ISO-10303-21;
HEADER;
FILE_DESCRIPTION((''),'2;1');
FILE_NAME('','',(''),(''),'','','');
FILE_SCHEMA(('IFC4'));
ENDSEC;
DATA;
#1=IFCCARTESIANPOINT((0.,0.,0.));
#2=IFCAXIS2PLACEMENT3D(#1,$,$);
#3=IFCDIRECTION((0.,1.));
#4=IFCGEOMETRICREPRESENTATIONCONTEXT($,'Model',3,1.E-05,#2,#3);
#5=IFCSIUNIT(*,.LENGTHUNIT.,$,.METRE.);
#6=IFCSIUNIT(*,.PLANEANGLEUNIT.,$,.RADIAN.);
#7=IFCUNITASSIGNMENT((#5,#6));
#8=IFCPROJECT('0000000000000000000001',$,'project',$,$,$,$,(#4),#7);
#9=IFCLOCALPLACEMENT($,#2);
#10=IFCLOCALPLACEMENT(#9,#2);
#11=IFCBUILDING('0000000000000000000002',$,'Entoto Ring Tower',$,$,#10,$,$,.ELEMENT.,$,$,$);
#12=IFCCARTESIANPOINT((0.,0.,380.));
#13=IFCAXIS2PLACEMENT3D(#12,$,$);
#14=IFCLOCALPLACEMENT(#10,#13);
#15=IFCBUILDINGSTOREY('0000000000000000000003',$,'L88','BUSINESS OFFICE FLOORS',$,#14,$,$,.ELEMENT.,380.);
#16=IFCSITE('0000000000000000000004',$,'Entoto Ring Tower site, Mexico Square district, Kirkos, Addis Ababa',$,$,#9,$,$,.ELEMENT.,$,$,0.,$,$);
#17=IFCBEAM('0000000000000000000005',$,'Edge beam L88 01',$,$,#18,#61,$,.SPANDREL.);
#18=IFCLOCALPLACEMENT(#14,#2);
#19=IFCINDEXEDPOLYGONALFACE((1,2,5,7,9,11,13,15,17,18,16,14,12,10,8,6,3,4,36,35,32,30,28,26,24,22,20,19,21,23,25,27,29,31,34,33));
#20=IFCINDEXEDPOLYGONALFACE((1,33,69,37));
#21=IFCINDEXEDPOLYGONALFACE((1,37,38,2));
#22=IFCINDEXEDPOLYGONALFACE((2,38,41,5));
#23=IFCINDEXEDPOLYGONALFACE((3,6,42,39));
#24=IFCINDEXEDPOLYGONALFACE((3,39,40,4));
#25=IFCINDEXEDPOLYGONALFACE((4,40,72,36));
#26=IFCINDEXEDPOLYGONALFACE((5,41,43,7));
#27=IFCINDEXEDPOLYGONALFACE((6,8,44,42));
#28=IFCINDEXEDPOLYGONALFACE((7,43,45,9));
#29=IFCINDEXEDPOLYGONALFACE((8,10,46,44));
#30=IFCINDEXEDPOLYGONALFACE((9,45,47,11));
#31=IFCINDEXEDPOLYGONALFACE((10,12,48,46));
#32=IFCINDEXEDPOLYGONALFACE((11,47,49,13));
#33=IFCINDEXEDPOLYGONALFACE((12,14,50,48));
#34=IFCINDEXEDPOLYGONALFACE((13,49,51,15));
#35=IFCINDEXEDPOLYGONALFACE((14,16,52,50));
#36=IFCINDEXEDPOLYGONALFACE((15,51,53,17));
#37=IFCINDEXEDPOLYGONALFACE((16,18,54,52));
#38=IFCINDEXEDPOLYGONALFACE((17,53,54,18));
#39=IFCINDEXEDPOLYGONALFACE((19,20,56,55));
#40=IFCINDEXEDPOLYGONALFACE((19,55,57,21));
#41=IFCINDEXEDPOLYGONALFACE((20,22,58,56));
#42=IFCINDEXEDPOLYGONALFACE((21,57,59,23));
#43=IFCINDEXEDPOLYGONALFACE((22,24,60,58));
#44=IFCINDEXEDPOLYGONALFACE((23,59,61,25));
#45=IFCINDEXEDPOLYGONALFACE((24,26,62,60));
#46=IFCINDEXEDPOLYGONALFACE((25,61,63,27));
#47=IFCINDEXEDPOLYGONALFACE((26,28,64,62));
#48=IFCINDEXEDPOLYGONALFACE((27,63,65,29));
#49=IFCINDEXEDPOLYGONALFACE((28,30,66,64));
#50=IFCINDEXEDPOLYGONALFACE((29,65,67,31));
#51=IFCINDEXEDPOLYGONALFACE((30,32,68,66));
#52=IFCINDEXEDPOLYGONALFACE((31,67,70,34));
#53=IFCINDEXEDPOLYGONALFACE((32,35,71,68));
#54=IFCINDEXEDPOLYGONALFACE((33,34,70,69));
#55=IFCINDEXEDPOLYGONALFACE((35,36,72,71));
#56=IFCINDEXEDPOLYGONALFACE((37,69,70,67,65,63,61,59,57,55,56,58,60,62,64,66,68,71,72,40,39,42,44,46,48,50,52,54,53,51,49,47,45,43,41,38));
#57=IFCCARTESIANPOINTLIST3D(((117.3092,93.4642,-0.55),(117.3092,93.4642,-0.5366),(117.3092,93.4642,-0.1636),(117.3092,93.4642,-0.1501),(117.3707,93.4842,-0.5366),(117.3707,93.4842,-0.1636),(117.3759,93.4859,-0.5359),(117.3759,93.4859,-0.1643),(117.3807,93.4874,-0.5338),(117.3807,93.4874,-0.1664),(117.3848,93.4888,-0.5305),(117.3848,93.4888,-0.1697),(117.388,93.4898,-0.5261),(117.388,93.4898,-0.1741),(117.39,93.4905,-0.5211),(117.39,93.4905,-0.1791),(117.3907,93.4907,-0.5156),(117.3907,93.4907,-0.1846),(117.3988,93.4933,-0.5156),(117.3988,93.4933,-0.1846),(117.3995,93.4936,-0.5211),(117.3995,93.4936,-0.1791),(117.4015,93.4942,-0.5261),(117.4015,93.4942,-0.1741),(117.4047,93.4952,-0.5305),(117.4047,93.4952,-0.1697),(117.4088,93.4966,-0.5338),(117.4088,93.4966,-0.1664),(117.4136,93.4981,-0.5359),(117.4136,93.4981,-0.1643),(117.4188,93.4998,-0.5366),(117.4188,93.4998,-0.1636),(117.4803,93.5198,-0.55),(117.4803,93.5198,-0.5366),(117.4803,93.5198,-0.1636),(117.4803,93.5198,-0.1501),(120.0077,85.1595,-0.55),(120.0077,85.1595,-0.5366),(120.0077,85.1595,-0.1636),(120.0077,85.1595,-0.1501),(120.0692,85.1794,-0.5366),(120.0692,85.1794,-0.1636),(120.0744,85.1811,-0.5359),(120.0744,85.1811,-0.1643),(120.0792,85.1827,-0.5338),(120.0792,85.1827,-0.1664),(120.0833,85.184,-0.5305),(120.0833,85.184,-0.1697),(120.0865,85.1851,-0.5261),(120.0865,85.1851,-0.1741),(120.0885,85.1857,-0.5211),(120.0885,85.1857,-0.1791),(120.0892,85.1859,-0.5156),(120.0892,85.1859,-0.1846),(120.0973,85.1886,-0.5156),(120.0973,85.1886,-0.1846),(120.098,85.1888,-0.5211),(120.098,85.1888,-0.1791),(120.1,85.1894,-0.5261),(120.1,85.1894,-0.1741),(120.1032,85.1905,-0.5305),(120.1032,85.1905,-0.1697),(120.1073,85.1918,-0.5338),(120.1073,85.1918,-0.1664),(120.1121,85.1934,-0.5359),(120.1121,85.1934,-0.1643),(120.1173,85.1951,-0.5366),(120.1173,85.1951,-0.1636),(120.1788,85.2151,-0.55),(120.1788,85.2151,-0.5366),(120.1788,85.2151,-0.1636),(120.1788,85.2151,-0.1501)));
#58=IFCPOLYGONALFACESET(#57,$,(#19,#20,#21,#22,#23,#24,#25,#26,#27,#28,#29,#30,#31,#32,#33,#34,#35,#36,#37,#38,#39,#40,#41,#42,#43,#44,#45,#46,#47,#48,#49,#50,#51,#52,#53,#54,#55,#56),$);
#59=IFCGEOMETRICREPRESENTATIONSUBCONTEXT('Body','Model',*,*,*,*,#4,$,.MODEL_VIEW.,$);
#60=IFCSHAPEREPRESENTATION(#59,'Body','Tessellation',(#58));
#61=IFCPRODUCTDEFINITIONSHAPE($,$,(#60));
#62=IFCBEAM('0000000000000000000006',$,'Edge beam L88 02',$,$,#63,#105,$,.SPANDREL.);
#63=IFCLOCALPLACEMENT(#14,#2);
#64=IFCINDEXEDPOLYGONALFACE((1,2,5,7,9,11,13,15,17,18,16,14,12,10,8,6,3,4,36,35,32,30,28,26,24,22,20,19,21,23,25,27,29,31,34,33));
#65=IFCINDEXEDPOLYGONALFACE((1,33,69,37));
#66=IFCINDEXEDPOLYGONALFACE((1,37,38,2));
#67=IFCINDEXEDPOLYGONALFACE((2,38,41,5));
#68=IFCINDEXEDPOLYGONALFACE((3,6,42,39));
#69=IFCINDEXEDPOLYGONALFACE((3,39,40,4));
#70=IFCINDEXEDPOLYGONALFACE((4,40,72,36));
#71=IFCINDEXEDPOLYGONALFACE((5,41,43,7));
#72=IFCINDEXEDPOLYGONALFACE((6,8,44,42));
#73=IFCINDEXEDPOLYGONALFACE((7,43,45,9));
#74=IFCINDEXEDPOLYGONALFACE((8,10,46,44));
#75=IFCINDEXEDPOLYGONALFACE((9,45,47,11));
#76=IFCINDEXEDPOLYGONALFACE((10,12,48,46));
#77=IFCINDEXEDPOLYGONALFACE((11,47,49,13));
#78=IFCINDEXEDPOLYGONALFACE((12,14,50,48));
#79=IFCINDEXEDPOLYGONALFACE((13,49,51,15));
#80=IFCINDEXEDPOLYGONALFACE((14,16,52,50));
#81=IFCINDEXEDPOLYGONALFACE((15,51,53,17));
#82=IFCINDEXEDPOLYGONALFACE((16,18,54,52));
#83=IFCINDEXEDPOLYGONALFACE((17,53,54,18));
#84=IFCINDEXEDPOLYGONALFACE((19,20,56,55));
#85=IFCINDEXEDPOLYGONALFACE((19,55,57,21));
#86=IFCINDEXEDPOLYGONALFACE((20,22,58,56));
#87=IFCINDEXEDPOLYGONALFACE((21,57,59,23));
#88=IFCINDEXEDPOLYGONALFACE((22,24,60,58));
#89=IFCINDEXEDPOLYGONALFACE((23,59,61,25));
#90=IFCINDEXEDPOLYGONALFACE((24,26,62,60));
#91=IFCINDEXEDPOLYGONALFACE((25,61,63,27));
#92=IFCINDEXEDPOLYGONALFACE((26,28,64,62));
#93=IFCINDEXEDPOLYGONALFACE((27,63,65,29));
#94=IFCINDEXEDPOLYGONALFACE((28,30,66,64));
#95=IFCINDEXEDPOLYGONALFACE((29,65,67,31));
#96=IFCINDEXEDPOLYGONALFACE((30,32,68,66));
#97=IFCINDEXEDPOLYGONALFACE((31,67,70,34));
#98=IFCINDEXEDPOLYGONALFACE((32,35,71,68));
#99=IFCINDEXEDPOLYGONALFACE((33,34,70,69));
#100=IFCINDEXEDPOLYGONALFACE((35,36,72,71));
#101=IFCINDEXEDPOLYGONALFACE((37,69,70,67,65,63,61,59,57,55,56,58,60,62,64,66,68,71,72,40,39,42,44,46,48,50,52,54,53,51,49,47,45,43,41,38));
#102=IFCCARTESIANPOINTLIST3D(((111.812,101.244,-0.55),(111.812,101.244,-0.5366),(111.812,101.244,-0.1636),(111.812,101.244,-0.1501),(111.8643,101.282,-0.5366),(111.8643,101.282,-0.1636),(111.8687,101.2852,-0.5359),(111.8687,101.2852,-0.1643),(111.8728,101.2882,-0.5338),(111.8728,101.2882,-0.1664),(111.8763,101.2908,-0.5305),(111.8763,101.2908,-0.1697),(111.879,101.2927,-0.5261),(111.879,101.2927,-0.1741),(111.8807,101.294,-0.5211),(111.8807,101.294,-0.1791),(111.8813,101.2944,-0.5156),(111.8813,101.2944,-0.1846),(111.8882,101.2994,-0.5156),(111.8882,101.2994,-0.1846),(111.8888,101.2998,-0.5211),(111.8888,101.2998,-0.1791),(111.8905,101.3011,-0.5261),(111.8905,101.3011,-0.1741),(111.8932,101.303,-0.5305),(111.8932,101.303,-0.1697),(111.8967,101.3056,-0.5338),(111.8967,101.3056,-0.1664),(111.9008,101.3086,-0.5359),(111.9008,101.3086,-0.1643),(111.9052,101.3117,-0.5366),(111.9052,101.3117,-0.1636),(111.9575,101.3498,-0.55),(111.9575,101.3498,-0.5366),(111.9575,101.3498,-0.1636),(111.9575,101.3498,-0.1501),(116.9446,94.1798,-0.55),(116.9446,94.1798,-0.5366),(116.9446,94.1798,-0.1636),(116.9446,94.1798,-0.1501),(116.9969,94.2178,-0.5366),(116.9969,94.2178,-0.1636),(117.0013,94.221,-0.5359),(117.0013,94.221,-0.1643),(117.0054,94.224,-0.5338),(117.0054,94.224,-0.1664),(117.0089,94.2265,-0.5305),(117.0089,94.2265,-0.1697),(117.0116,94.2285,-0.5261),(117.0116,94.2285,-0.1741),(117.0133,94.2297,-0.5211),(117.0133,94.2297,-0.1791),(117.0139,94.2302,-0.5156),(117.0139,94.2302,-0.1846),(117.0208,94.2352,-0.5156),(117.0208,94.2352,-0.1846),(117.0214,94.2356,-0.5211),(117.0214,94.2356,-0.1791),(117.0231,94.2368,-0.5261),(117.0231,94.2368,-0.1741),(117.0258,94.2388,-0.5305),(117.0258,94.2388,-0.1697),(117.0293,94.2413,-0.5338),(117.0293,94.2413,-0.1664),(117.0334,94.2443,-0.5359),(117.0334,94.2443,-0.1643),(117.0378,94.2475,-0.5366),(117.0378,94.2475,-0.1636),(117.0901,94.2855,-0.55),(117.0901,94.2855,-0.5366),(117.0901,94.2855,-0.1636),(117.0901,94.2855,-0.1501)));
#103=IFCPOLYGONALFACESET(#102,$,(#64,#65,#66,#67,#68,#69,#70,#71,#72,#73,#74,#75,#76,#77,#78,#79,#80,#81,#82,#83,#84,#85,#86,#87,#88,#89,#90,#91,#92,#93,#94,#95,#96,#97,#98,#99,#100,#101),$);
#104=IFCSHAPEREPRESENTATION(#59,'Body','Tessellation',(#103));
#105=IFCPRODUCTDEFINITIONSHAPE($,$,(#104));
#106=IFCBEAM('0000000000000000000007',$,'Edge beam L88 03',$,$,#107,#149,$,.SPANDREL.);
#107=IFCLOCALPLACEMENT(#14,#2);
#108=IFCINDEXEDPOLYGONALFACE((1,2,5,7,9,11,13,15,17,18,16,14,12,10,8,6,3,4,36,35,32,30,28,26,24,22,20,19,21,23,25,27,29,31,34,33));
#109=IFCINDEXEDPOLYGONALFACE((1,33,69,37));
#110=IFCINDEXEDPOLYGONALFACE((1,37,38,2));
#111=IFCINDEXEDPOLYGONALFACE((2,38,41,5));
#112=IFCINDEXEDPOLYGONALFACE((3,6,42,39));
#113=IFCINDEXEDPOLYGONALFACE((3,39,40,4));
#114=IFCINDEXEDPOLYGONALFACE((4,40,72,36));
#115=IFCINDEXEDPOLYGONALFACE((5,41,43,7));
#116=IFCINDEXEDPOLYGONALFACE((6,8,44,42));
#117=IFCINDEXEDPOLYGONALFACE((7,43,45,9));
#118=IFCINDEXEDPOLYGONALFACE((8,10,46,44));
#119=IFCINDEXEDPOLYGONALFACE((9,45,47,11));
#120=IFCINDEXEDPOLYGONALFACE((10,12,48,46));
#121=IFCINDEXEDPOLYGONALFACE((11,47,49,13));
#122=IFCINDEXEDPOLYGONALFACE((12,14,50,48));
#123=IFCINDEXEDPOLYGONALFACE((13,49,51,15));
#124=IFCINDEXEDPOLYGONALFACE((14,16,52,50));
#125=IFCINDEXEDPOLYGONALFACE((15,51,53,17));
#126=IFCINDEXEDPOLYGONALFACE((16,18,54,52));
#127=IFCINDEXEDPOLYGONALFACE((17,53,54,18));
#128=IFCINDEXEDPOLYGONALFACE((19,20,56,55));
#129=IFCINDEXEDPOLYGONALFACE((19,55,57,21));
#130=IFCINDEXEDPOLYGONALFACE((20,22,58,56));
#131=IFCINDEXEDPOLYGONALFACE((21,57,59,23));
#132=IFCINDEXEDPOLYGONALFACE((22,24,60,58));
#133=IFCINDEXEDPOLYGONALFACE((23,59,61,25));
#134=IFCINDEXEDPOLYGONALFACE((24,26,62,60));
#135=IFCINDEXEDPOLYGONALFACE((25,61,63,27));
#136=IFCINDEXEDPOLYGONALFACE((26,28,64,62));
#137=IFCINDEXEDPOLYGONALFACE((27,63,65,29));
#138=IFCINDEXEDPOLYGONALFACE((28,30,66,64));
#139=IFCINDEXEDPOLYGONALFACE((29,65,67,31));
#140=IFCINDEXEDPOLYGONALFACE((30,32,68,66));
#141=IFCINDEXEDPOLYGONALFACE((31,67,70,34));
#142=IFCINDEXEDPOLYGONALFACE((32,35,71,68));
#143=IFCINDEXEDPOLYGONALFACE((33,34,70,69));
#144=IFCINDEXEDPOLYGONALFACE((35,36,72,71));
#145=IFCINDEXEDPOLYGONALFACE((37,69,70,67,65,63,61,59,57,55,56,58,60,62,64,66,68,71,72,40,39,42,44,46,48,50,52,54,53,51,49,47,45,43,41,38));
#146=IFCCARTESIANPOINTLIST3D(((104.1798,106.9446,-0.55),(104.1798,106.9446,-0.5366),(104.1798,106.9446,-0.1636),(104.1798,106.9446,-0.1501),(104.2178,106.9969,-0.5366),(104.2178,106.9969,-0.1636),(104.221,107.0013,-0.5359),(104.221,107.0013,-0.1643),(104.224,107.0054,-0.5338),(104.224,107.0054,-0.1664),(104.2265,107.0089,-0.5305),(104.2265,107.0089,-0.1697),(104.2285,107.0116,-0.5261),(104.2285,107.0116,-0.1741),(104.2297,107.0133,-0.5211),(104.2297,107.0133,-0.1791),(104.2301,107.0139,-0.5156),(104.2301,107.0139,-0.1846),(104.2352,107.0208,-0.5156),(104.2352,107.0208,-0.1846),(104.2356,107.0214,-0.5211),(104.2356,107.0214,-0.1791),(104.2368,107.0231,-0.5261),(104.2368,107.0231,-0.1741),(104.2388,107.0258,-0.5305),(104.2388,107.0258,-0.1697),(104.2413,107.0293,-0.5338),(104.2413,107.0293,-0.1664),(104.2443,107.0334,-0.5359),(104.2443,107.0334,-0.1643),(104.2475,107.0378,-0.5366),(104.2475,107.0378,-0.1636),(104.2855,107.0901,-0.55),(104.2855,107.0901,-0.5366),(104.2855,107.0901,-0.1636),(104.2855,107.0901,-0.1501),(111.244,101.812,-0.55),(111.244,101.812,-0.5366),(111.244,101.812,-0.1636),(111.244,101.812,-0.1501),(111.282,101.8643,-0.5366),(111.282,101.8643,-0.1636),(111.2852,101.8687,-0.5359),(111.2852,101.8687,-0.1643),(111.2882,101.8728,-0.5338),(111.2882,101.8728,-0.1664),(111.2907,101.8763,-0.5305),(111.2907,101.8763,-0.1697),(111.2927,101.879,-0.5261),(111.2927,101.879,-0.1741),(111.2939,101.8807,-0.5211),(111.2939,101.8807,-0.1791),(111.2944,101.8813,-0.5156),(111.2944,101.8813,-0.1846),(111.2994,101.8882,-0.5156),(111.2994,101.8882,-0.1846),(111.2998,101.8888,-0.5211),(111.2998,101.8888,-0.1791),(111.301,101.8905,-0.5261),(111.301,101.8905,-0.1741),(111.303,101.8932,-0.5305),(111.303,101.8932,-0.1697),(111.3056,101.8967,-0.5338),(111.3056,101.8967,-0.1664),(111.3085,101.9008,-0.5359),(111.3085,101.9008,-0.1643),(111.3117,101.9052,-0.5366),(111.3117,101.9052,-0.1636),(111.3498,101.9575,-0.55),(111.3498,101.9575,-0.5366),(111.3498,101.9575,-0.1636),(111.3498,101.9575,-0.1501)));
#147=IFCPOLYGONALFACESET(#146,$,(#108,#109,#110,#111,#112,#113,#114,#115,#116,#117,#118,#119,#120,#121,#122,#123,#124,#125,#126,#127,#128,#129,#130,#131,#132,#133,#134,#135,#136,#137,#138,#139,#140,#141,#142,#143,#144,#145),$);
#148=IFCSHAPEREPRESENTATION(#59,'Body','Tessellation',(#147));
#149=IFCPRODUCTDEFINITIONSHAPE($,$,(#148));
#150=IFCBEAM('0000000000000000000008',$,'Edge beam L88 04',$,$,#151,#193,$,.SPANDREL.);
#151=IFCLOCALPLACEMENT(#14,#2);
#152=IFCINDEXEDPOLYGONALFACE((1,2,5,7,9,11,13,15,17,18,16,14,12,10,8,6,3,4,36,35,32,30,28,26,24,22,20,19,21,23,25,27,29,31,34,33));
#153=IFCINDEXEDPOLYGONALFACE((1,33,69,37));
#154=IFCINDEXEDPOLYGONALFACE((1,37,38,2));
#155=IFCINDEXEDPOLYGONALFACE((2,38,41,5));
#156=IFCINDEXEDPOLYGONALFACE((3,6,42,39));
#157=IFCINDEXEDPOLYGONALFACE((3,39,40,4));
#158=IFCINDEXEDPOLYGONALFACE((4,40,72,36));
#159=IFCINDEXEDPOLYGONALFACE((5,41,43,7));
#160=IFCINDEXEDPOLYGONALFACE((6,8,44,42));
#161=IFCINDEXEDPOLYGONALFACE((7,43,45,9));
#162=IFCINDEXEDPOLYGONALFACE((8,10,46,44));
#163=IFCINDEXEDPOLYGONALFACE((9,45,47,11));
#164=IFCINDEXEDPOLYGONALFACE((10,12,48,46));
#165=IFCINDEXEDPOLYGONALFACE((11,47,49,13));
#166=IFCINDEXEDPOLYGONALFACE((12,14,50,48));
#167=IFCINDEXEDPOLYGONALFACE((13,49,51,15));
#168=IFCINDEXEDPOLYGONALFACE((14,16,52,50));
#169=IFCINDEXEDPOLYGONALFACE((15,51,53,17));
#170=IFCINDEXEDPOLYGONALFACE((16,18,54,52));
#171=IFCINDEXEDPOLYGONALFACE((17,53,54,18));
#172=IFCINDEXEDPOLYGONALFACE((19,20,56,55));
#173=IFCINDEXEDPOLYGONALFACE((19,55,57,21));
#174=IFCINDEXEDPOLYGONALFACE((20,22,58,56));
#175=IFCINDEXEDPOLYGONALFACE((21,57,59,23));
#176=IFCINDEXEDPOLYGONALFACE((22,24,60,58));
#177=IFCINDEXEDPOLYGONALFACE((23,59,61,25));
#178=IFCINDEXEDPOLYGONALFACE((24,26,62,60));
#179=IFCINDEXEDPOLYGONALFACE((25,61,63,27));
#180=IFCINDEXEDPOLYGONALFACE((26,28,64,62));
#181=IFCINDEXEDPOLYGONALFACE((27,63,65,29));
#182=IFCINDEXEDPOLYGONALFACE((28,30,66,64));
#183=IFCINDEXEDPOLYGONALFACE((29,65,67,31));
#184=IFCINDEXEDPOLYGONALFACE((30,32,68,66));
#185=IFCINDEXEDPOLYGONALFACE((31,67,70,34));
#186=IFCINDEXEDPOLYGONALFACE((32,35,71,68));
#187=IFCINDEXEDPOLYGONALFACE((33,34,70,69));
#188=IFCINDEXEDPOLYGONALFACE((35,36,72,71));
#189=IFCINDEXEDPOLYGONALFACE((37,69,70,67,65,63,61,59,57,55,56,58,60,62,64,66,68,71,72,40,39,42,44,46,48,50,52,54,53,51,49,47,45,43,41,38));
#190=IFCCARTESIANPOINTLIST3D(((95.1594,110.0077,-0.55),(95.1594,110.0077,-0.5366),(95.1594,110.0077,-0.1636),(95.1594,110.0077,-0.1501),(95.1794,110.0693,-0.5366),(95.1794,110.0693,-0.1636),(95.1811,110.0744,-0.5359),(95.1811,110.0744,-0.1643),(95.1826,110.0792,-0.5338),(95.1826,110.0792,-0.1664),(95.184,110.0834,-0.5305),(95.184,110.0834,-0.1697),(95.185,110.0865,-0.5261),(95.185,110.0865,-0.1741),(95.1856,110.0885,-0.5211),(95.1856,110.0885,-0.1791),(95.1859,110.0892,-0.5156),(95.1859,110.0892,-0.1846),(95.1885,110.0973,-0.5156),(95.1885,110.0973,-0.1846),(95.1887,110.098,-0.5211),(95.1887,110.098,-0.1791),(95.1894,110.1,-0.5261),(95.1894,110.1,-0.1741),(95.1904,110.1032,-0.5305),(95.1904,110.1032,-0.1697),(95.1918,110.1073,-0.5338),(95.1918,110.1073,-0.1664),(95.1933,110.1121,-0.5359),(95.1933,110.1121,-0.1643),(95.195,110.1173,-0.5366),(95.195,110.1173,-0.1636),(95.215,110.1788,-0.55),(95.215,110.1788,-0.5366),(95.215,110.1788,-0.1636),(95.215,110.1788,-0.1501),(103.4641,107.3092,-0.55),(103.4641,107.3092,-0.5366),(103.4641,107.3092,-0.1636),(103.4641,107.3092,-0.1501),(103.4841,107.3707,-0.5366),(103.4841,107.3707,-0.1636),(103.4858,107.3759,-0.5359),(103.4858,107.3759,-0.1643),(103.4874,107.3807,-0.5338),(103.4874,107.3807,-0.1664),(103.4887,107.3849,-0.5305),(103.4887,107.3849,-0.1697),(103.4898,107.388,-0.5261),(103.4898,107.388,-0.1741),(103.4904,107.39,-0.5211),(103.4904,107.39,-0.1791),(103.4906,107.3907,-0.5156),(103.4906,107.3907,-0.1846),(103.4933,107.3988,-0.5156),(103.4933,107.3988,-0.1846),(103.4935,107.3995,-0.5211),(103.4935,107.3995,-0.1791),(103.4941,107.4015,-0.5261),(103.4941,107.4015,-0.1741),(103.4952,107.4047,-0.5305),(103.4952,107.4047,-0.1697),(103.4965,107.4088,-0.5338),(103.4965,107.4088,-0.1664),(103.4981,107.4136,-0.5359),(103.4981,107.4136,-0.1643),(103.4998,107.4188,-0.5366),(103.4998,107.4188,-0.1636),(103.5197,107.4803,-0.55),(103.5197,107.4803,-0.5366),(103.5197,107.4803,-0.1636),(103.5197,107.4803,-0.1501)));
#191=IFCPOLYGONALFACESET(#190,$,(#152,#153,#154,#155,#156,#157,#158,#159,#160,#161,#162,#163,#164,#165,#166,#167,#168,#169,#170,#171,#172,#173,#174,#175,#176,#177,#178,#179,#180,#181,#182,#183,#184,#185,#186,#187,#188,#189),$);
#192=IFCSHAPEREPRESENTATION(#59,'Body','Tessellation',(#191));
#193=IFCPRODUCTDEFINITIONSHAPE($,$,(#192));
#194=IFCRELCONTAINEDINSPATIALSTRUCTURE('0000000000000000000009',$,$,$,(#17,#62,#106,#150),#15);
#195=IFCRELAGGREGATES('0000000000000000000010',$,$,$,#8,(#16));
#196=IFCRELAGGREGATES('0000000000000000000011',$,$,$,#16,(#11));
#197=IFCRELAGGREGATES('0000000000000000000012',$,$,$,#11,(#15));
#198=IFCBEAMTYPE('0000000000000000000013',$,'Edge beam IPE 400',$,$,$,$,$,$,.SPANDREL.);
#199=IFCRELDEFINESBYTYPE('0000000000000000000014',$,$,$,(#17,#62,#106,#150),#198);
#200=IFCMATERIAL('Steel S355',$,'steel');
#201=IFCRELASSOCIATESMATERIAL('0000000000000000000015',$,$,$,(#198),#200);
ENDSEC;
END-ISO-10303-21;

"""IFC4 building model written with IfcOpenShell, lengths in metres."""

from ifc_helpers import new_model, si_unit, direction, frame, origin, origin_2d, place, context, subcontext, project, spatial, i_section, extrude, material, material_profile, profile_set, type_object, element, save


model = new_model("IFC4")

# Units and contexts
model_context = context("Model", 3, precision=1e-05, world=origin(), true_north=direction((0.0, 1.0)))
body_context = subcontext(model_context, "Body", "Model", "MODEL_VIEW")
ifc_project = project(units=[si_unit("LENGTHUNIT", "METRE"), si_unit("PLANEANGLEUNIT", "RADIAN")], contexts=[model_context])

# Site, building, storey
site_placement = place(None, origin())
site = spatial("IfcSite", under=ifc_project, at=site_placement, Name="Entoto Ring Tower site, Mexico Square district, Kirkos, Addis Ababa", CompositionType="ELEMENT", RefElevation=0.0)
building_placement = place(site_placement, origin())
building = spatial("IfcBuilding", under=site, at=building_placement, Name="Entoto Ring Tower", CompositionType="ELEMENT")
storey_placement = place(building_placement, frame((0.0, 0.0, 380.0)))
storey = spatial("IfcBuildingStorey", under=building, at=storey_placement, Name="L88", Description="BUSINESS OFFICE FLOORS", CompositionType="ELEMENT", Elevation=380.0)

# Beams
ifc_material_1 = material(Name="Steel S355", Category="steel")
ifc_material_profile_1 = material_profile(ifc_material_1, i_section(OverallWidth=0.1799, OverallDepth=0.3999, WebThickness=0.0085, FlangeThickness=0.0134, FilletRadius=0.021, at=origin_2d()), Name="IPE 400")
ifc_profile_set_1 = profile_set([ifc_material_profile_1], Name="Steel S355")
beam_type_1 = type_object("IfcBeamType", Name="Edge beam IPE 400", PredefinedType="SPANDREL", material=ifc_profile_set_1)
beam_1_placement = place(storey_placement, frame((120.0933, 85.1873, -0.3501), z_axis=(-0.30903, 0.951052, 0.0), x_axis=(-0.951052, -0.30903, 0.0)))
element("IfcBeam", 1, at=beam_1_placement, inside=storey, type_object=beam_type_1, Name="Edge beam L88 01", PredefinedType="SPANDREL", context=body_context, shape_type="SweptSolid", body=[
    extrude(i_section(OverallWidth=0.1799, OverallDepth=0.3999, WebThickness=0.0085, FlangeThickness=0.0134, FilletRadius=0.021, at=origin_2d()), origin(), (0.0, 0.0, 1.0), 8.7322),
])
for number, where, z_axis, x_axis, name in (
    (2, (117.0173, 94.2327, -0.3501), (-0.587794, 0.80901, 0.0), (-0.80901, -0.587794, 0.0), "Edge beam L88 02"),
    (3, (111.2969, 101.8848, -0.3501), (-0.80901, 0.587794, 0.0), (-0.587794, -0.80901, 0.0), "Edge beam L88 03"),
):
    element("IfcBeam", number, at=place(storey_placement, frame(where, z_axis=z_axis, x_axis=x_axis)), inside=storey, type_object=beam_type_1, Name=name, PredefinedType="SPANDREL", context=body_context, shape_type="SweptSolid", body=[
        extrude(i_section(OverallWidth=0.1799, OverallDepth=0.3999, WebThickness=0.0085, FlangeThickness=0.0134, FilletRadius=0.021, at=origin_2d()), origin(), (0.0, 0.0, 1.0), 8.7319),
    ])
beam_2_placement = place(storey_placement, frame((103.4919, 107.3948, -0.3501), z_axis=(-0.951052, 0.30903, 0.0), x_axis=(-0.30903, -0.951052, 0.0)))
element("IfcBeam", 4, at=beam_2_placement, inside=storey, type_object=beam_type_1, Name="Edge beam L88 04", PredefinedType="SPANDREL", context=body_context, shape_type="SweptSolid", body=[
    extrude(i_section(OverallWidth=0.1799, OverallDepth=0.3999, WebThickness=0.0085, FlangeThickness=0.0134, FilletRadius=0.021, at=origin_2d()), origin(), (0.0, 0.0, 1.0), 8.7322),
])

save(model, "model.ifc")
